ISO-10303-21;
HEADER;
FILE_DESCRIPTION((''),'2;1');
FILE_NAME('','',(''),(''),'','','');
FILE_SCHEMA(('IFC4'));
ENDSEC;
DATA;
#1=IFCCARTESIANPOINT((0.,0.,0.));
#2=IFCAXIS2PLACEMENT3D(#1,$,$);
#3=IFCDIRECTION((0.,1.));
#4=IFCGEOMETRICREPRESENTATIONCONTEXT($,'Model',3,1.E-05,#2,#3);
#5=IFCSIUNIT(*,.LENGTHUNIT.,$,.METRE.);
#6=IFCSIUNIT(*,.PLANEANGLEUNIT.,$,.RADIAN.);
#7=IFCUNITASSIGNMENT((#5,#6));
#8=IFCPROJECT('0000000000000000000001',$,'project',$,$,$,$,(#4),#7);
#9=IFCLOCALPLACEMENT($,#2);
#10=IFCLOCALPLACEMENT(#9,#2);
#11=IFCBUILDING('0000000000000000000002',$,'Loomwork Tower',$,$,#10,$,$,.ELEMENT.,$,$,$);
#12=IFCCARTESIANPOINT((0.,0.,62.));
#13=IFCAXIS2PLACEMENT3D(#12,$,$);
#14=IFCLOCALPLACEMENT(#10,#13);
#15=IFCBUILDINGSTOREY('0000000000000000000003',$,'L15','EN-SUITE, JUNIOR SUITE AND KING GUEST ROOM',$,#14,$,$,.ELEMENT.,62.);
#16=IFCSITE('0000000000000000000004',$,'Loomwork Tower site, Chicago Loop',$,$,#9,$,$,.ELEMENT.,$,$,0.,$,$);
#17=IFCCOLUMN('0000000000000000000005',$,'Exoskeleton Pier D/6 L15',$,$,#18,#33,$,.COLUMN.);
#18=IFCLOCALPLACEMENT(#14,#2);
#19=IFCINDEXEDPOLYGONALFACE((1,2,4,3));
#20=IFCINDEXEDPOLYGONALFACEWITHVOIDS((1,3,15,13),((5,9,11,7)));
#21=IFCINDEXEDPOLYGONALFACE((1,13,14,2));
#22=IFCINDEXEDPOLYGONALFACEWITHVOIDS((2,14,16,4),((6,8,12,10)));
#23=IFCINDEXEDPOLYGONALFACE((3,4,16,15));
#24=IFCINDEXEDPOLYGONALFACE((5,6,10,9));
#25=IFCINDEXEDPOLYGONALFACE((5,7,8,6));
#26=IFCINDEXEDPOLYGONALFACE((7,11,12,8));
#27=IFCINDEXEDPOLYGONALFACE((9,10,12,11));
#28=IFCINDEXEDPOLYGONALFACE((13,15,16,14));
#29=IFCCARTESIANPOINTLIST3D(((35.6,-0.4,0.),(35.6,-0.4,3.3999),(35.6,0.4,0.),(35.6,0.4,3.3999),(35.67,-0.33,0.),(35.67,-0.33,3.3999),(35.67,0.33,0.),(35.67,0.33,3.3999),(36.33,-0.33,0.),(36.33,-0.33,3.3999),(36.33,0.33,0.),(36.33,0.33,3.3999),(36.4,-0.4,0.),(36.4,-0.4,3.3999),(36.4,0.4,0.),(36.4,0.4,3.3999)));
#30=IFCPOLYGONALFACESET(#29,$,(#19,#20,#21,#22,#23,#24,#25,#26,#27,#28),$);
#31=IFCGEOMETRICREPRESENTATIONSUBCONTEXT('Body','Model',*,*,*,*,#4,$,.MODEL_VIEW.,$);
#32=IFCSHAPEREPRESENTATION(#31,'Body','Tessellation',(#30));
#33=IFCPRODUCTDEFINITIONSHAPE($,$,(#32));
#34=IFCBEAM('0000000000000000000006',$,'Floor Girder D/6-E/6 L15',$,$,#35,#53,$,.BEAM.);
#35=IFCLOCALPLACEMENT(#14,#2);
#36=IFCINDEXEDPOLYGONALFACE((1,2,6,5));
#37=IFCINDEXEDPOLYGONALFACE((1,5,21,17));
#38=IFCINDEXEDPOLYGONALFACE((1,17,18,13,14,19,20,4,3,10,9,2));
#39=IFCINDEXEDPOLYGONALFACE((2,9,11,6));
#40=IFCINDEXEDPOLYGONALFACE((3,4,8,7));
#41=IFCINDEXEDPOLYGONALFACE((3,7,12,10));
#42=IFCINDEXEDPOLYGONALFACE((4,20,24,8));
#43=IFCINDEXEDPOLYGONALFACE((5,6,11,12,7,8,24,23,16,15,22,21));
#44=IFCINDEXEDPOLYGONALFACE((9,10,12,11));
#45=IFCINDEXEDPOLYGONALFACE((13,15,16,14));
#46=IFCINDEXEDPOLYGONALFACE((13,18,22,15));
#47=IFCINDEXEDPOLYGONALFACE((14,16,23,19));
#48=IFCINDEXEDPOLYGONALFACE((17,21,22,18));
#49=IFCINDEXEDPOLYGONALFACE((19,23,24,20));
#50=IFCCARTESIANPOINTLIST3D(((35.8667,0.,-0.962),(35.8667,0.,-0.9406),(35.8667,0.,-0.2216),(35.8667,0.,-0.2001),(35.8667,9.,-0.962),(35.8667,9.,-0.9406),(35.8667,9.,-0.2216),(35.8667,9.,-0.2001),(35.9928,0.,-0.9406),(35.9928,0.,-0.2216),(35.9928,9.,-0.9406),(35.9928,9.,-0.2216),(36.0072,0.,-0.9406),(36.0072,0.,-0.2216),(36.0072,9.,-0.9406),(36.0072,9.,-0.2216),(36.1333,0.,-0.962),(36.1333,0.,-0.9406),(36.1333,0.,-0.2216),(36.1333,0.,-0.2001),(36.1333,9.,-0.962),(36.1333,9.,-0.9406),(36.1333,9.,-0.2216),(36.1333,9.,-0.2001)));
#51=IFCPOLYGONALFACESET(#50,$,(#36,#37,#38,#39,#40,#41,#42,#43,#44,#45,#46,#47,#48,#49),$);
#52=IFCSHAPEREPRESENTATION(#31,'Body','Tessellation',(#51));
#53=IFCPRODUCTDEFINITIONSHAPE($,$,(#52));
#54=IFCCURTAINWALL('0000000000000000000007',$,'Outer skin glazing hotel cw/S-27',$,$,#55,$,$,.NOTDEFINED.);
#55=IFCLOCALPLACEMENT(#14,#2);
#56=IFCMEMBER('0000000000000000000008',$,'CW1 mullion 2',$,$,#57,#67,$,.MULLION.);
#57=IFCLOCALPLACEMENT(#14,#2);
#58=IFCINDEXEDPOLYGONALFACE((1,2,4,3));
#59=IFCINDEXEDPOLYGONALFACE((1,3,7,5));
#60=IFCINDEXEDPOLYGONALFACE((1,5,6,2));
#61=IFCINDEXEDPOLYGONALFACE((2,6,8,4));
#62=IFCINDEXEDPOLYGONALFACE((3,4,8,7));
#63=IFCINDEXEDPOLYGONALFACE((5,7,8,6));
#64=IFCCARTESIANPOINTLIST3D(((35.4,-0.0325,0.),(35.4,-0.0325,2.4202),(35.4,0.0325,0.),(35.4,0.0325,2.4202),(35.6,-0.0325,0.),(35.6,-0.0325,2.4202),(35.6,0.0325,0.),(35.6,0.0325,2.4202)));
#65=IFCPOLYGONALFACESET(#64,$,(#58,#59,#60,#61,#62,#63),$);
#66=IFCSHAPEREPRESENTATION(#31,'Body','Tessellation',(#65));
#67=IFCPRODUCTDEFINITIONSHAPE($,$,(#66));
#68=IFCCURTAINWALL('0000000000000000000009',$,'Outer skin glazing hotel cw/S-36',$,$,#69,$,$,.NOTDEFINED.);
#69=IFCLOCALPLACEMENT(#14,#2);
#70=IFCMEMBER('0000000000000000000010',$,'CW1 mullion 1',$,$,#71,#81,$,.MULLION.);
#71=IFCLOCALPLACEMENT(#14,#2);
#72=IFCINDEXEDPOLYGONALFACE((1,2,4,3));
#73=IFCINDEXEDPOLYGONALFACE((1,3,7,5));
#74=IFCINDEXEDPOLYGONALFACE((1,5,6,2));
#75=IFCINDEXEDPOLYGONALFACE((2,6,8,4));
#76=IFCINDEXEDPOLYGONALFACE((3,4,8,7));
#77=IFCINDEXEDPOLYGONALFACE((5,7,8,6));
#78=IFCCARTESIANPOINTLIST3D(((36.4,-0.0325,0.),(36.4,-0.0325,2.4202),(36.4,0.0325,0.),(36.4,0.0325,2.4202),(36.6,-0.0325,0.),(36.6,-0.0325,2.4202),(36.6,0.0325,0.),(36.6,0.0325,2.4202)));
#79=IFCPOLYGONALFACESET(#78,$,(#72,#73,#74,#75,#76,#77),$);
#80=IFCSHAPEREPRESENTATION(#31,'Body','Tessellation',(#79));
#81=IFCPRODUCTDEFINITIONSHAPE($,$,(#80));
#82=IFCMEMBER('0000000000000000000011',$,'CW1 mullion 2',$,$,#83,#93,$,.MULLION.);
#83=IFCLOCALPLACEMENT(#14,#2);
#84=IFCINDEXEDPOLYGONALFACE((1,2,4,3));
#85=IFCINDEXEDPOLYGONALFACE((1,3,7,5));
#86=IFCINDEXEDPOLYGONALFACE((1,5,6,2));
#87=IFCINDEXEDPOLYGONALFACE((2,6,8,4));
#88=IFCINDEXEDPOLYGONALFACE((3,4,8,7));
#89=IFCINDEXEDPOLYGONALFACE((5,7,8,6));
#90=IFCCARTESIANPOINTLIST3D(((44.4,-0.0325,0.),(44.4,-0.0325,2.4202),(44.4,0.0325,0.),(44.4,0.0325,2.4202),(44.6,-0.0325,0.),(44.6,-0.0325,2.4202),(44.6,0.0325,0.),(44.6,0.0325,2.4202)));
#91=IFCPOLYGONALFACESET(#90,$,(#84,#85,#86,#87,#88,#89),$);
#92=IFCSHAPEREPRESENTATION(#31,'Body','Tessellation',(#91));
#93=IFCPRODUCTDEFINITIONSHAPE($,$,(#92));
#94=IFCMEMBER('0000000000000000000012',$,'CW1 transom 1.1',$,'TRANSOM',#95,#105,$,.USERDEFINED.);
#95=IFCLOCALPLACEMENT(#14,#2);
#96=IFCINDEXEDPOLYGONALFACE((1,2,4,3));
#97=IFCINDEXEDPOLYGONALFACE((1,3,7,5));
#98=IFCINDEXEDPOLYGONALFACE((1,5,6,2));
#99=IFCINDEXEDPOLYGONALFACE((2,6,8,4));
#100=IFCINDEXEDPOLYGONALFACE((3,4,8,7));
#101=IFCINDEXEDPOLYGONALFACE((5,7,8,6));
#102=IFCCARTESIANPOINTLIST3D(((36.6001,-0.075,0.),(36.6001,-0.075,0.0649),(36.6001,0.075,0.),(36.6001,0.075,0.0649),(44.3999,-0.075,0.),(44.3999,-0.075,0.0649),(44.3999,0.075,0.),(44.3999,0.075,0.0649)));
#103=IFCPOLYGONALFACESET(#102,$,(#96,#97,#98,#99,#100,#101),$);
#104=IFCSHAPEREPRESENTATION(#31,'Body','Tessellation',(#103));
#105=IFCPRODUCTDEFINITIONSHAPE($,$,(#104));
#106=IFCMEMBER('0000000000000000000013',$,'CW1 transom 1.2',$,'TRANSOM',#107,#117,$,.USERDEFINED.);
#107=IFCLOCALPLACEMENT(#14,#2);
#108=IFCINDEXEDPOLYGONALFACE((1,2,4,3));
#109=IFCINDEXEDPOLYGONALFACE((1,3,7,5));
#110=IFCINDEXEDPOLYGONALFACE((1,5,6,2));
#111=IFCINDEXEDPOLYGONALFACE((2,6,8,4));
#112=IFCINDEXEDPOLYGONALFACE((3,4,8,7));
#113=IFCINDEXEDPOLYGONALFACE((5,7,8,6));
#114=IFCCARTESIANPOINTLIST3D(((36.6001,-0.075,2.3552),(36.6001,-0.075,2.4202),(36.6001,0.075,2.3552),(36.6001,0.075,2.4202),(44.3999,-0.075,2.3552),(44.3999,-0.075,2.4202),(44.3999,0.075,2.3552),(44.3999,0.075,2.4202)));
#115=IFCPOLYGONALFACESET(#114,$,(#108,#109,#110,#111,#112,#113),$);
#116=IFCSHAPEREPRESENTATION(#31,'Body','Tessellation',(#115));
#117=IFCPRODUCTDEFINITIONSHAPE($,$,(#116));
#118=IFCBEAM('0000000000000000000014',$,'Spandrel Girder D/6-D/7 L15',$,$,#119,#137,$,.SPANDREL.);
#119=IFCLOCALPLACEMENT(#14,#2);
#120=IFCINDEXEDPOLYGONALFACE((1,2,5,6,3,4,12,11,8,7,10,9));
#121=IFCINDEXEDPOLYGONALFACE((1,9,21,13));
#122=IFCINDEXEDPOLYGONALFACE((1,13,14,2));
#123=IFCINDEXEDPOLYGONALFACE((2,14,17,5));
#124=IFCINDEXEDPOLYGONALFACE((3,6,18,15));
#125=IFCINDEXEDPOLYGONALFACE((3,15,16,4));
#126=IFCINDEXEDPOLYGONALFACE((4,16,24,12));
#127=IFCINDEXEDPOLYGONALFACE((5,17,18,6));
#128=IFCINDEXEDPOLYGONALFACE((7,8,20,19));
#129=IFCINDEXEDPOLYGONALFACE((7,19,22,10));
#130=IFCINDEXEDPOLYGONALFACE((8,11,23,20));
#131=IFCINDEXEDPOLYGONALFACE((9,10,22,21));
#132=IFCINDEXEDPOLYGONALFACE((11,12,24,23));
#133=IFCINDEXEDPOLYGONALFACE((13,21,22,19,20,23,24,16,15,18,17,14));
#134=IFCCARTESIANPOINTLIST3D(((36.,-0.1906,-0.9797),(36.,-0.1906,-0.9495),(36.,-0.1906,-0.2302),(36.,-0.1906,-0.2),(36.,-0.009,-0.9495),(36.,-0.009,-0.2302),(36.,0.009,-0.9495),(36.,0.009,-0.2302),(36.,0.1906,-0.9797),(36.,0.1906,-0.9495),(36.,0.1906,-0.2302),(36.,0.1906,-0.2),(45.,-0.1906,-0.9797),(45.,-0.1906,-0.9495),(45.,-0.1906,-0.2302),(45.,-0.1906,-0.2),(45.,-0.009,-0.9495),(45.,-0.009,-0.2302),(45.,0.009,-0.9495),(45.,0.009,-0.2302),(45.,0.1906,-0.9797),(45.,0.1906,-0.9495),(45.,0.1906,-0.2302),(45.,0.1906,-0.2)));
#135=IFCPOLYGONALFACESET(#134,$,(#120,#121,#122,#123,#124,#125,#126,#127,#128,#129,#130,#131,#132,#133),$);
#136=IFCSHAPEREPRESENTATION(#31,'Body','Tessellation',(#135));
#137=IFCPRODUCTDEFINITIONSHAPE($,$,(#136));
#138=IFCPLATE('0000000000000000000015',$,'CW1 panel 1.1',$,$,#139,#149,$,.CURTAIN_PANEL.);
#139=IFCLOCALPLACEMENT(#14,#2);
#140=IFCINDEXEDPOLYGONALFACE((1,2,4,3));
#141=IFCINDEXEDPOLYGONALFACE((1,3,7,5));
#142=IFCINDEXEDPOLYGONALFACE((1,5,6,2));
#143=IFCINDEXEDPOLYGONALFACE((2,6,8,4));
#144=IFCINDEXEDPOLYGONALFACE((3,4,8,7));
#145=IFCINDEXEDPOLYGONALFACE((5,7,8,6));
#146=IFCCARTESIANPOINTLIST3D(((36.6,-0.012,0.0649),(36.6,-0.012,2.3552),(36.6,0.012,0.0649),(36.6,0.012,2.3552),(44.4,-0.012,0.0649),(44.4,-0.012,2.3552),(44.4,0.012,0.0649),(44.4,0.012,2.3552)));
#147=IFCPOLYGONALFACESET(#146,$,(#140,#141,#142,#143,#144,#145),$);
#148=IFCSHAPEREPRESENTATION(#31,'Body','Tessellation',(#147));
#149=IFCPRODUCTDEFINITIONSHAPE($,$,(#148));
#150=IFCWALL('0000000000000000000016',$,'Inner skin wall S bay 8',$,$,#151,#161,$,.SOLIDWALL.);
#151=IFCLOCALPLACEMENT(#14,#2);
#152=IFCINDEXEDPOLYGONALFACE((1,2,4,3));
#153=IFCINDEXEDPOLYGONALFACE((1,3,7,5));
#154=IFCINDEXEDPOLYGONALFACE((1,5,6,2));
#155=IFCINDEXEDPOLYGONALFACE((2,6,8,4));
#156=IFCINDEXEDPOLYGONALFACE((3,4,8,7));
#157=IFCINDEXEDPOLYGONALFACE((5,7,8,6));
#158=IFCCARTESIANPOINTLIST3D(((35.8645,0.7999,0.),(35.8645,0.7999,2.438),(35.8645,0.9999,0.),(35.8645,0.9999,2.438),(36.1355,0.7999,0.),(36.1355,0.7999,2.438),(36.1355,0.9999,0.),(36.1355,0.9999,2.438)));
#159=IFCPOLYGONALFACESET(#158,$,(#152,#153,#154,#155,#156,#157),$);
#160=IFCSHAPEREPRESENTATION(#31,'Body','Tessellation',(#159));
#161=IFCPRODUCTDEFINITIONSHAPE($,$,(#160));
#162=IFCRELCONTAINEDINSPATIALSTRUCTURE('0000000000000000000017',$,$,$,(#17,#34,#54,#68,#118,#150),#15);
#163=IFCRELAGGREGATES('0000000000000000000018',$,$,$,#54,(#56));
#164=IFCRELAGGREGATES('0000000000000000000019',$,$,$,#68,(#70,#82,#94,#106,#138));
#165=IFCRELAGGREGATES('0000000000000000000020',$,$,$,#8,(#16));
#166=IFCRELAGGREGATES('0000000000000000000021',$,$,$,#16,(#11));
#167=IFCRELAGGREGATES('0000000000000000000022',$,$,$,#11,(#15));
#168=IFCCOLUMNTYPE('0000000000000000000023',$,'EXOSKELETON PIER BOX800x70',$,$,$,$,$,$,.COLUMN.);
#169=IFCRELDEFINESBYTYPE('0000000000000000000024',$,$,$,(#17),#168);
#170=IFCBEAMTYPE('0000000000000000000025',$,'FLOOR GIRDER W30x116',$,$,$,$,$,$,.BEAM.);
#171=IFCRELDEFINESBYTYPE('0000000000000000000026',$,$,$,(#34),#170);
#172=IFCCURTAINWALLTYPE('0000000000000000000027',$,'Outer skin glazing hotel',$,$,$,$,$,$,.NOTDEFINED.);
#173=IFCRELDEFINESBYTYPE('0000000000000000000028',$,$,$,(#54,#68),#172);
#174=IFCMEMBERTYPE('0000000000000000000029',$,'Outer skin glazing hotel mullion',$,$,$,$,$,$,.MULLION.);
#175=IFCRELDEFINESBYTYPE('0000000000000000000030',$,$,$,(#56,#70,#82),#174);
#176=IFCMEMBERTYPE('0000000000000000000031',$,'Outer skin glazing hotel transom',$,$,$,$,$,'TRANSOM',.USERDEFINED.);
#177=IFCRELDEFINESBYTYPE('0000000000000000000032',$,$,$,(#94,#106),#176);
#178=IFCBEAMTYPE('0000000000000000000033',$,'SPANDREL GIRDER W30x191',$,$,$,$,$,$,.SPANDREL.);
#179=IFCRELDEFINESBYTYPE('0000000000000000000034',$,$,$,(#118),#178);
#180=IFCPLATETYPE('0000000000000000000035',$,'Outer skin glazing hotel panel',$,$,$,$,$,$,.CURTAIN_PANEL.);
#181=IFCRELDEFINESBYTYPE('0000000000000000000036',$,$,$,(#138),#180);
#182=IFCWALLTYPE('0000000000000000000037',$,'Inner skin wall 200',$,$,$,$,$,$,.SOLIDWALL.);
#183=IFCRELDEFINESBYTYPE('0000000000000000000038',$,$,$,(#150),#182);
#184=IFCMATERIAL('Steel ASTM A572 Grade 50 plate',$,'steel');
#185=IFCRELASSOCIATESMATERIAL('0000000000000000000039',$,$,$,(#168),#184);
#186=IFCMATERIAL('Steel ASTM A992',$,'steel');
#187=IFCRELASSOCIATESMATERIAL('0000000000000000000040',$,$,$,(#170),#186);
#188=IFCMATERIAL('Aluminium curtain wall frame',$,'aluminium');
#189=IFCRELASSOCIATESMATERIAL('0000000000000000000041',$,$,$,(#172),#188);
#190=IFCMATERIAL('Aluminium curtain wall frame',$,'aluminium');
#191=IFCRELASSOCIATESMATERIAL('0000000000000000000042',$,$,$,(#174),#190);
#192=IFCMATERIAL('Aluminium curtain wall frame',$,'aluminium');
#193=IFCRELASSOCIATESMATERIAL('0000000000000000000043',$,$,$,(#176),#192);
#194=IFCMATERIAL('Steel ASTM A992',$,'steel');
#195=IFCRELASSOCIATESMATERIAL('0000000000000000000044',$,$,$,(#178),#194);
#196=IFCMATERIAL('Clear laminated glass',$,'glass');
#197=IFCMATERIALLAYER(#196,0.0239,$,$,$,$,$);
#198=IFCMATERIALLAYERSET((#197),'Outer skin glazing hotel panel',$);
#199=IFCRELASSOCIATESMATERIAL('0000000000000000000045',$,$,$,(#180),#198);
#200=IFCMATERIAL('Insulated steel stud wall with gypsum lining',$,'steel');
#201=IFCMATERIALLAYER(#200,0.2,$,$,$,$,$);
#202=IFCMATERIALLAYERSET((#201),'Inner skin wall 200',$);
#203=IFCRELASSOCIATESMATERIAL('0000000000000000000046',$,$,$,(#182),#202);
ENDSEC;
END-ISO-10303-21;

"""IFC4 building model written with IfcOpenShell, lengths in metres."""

from ifc_helpers import new_model, si_unit, direction, frame, frame_2d, origin, origin_2d, place, context, subcontext, project, spatial, rectangle, hollow_rectangle, i_section, extrude, material, layer, layer_set, material_profile, profile_set, type_object, element, aggregate, save


model = new_model("IFC4")

# Units and contexts
model_context = context("Model", 3, precision=1e-05, world=origin(), true_north=direction((0.0, 1.0)))
body_context = subcontext(model_context, "Body", "Model", "MODEL_VIEW")
ifc_project = project(units=[si_unit("LENGTHUNIT", "METRE"), si_unit("PLANEANGLEUNIT", "RADIAN")], contexts=[model_context])

# Site, building, storey
site_placement = place(None, origin())
site = spatial("IfcSite", under=ifc_project, at=site_placement, Name="Loomwork Tower site, Chicago Loop", CompositionType="ELEMENT", RefElevation=0.0)
building_placement = place(site_placement, origin())
building = spatial("IfcBuilding", under=site, at=building_placement, Name="Loomwork Tower", CompositionType="ELEMENT")
storey_placement = place(building_placement, frame((0.0, 0.0, 62.0)))
storey = spatial("IfcBuildingStorey", under=building, at=storey_placement, Name="L15", Description="EN-SUITE, JUNIOR SUITE AND KING GUEST ROOM", CompositionType="ELEMENT", Elevation=62.0)

# Column
ifc_material_1 = material(Name="Steel ASTM A572 Grade 50 plate", Category="steel")
ifc_material_profile_1 = material_profile(ifc_material_1, hollow_rectangle(XDim=0.8, YDim=0.8, WallThickness=0.0701, at=origin_2d()), Name="BOX800x70")
ifc_profile_set_1 = profile_set([ifc_material_profile_1], Name="Steel ASTM A572 Grade 50 plate")
column_type = type_object("IfcColumnType", Name="EXOSKELETON PIER BOX800x70", PredefinedType="COLUMN", material=ifc_profile_set_1)
column_placement = place(storey_placement, frame((36.0, 0.0, 0.0), z_axis=(0.0, 0.0, 1.0), x_axis=(1.0, 0.0, 0.0)))
element("IfcColumn", 1, at=column_placement, inside=storey, type_object=column_type, Name="Exoskeleton Pier D/6 L15", PredefinedType="COLUMN", context=body_context, shape_type="SweptSolid", body=[
    extrude(hollow_rectangle(XDim=0.8, YDim=0.8, WallThickness=0.0701, at=origin_2d()), origin(), (0.0, 0.0, 1.0), 3.3999),
])

# Beam
ifc_material_2 = material(Name="Steel ASTM A992", Category="steel")
ifc_material_profile_2 = material_profile(ifc_material_2, i_section(OverallWidth=0.2666, OverallDepth=0.762, WebThickness=0.0144, FlangeThickness=0.0215, at=origin_2d()), Name="W30x116")
ifc_profile_set_2 = profile_set([ifc_material_profile_2], Name="Steel ASTM A992")
beam_type_1 = type_object("IfcBeamType", Name="FLOOR GIRDER W30x116", PredefinedType="BEAM", material=ifc_profile_set_2)
beam_1_placement = place(storey_placement, frame((36.0, 0.0, -0.5811), z_axis=(0.0, 1.0, 0.0), x_axis=(-1.0, 0.0, 0.0)))
element("IfcBeam", 2, at=beam_1_placement, inside=storey, type_object=beam_type_1, Name="Floor Girder D/6-E/6 L15", PredefinedType="BEAM", context=body_context, shape_type="SweptSolid", body=[
    extrude(i_section(OverallWidth=0.2666, OverallDepth=0.762, WebThickness=0.0144, FlangeThickness=0.0215, at=origin_2d()), origin(), (0.0, 0.0, 1.0), 9.0),
])

# Curtain wall, member
ifc_material_3 = material(Name="Aluminium curtain wall frame", Category="aluminium")
curtain_wall_type = type_object("IfcCurtainWallType", Name="Outer skin glazing hotel", PredefinedType="NOTDEFINED", material=ifc_material_3)
curtain_wall_1_placement = place(storey_placement, origin())
curtain_wall_1 = element("IfcCurtainWall", 3, at=curtain_wall_1_placement, inside=storey, type_object=curtain_wall_type, Name="Outer skin glazing hotel cw/S-27", PredefinedType="NOTDEFINED")
ifc_material_4 = material(Name="Aluminium curtain wall frame", Category="aluminium")
ifc_material_profile_3 = material_profile(ifc_material_4, rectangle(XDim=0.0649, YDim=0.2, at=origin_2d()), Name="AL 65x200")
ifc_profile_set_3 = profile_set([ifc_material_profile_3], Name="Aluminium curtain wall frame")
member_type_1 = type_object("IfcMemberType", Name="Outer skin glazing hotel mullion", PredefinedType="MULLION", material=ifc_profile_set_3)
member_1_placement = place(storey_placement, frame((35.5, 0.0, 0.0), z_axis=(0.0, 0.0, 1.0), x_axis=(0.0, 1.0, 0.0)))
member_1 = element("IfcMember", 4, at=member_1_placement, type_object=member_type_1, Name="CW1 mullion 2", PredefinedType="MULLION", context=body_context, shape_type="SweptSolid", body=[
    extrude(rectangle(XDim=0.0649, YDim=0.2, at=origin_2d()), origin(), (0.0, 0.0, 1.0), 2.4202),
])
aggregate(curtain_wall_1, [member_1])

# Curtain wall, members
curtain_wall_2_placement = place(storey_placement, origin())
curtain_wall_2 = element("IfcCurtainWall", 5, at=curtain_wall_2_placement, inside=storey, type_object=curtain_wall_type, Name="Outer skin glazing hotel cw/S-36", PredefinedType="NOTDEFINED")
member_2_placement = place(storey_placement, frame((36.5, 0.0, 0.0), z_axis=(0.0, 0.0, 1.0), x_axis=(0.0, 1.0, 0.0)))
member_2 = element("IfcMember", 6, at=member_2_placement, type_object=member_type_1, Name="CW1 mullion 1", PredefinedType="MULLION", context=body_context, shape_type="SweptSolid", body=[
    extrude(rectangle(XDim=0.0649, YDim=0.2, at=origin_2d()), origin(), (0.0, 0.0, 1.0), 2.4202),
])
member_3_placement = place(storey_placement, frame((44.5, 0.0, 0.0), z_axis=(0.0, 0.0, 1.0), x_axis=(0.0, 1.0, 0.0)))
member_3 = element("IfcMember", 7, at=member_3_placement, type_object=member_type_1, Name="CW1 mullion 2", PredefinedType="MULLION", context=body_context, shape_type="SweptSolid", body=[
    extrude(rectangle(XDim=0.0649, YDim=0.2, at=origin_2d()), origin(), (0.0, 0.0, 1.0), 2.4202),
])
ifc_material_5 = material(Name="Aluminium curtain wall frame", Category="aluminium")
ifc_material_profile_4 = material_profile(ifc_material_5, rectangle(XDim=0.1499, YDim=0.0649, at=origin_2d()), Name="AL 65x150")
ifc_profile_set_4 = profile_set([ifc_material_profile_4], Name="Aluminium curtain wall frame")
member_type_2 = type_object("IfcMemberType", Name="Outer skin glazing hotel transom", ElementType="TRANSOM", PredefinedType="USERDEFINED", material=ifc_profile_set_4)
member_4_placement = place(storey_placement, frame((36.6001, 0.0, 0.0325), z_axis=(1.0, 0.0, 0.0), x_axis=(0.0, 1.0, 0.0)))
member_4 = element("IfcMember", 8, at=member_4_placement, type_object=member_type_2, Name="CW1 transom 1.1", ObjectType="TRANSOM", PredefinedType="USERDEFINED", context=body_context, shape_type="SweptSolid", body=[
    extrude(rectangle(XDim=0.1499, YDim=0.0649, at=origin_2d()), origin(), (0.0, 0.0, 1.0), 7.7998),
])
member_5_placement = place(storey_placement, frame((36.6001, 0.0, 2.3877), z_axis=(1.0, 0.0, 0.0), x_axis=(0.0, 1.0, 0.0)))
member_5 = element("IfcMember", 9, at=member_5_placement, type_object=member_type_2, Name="CW1 transom 1.2", ObjectType="TRANSOM", PredefinedType="USERDEFINED", context=body_context, shape_type="SweptSolid", body=[
    extrude(rectangle(XDim=0.1499, YDim=0.0649, at=origin_2d()), origin(), (0.0, 0.0, 1.0), 7.7998),
])

# Beam
ifc_material_6 = material(Name="Steel ASTM A992", Category="steel")
ifc_material_profile_5 = material_profile(ifc_material_6, i_section(OverallWidth=0.3811, OverallDepth=0.7798, WebThickness=0.0181, FlangeThickness=0.0303, at=origin_2d()), Name="W30x191")
ifc_profile_set_5 = profile_set([ifc_material_profile_5], Name="Steel ASTM A992")
beam_type_2 = type_object("IfcBeamType", Name="SPANDREL GIRDER W30x191", PredefinedType="SPANDREL", material=ifc_profile_set_5)
beam_2_placement = place(storey_placement, frame((36.0, 0.0, -0.5898), z_axis=(1.0, 0.0, 0.0), x_axis=(0.0, 1.0, 0.0)))
element("IfcBeam", 10, at=beam_2_placement, inside=storey, type_object=beam_type_2, Name="Spandrel Girder D/6-D/7 L15", PredefinedType="SPANDREL", context=body_context, shape_type="SweptSolid", body=[
    extrude(i_section(OverallWidth=0.3811, OverallDepth=0.7798, WebThickness=0.0181, FlangeThickness=0.0303, at=origin_2d()), origin(), (0.0, 0.0, 1.0), 9.0),
])

# Plate
ifc_material_7 = material(Name="Clear laminated glass", Category="glass")
ifc_layer_1 = layer(ifc_material_7, 0.0239)
ifc_layer_set_1 = layer_set([ifc_layer_1], Name="Outer skin glazing hotel panel")
plate_type = type_object("IfcPlateType", Name="Outer skin glazing hotel panel", PredefinedType="CURTAIN_PANEL", material=ifc_layer_set_1)
plate_placement = place(storey_placement, frame((40.5, 0.0, 0.0649), z_axis=(0.0, 0.0, 1.0), x_axis=(1.0, 0.0, 0.0)))
plate = element("IfcPlate", 11, at=plate_placement, type_object=plate_type, Name="CW1 panel 1.1", PredefinedType="CURTAIN_PANEL", context=body_context, shape_type="SweptSolid", body=[
    extrude(rectangle(XDim=7.8, YDim=0.0239, at=origin_2d()), origin(), (0.0, 0.0, 1.0), 2.2903),
])
aggregate(curtain_wall_2, [member_2, member_3, member_4, member_5, plate])

# Wall
ifc_material_8 = material(Name="Insulated steel stud wall with gypsum lining", Category="steel")
ifc_layer_2 = layer(ifc_material_8, 0.2)
ifc_layer_set_2 = layer_set([ifc_layer_2], Name="Inner skin wall 200")
wall_type = type_object("IfcWallType", Name="Inner skin wall 200", PredefinedType="SOLIDWALL", material=ifc_layer_set_2)
wall_1_placement = place(storey_placement, frame((35.8645, 0.8999, 0.0), z_axis=(0.0, 0.0, 1.0), x_axis=(1.0, 0.0, 0.0)))
element("IfcWall", 12, at=wall_1_placement, inside=storey, type_object=wall_type, Name="Inner skin wall S bay 8", PredefinedType="SOLIDWALL", context=body_context, shape_type="SweptSolid", body=[
    extrude(rectangle(XDim=0.271, YDim=0.2, at=frame_2d((0.1355, 0.0))), origin(), (0.0, 0.0, 1.0), 2.438),
])

save(model, "model.ifc")
